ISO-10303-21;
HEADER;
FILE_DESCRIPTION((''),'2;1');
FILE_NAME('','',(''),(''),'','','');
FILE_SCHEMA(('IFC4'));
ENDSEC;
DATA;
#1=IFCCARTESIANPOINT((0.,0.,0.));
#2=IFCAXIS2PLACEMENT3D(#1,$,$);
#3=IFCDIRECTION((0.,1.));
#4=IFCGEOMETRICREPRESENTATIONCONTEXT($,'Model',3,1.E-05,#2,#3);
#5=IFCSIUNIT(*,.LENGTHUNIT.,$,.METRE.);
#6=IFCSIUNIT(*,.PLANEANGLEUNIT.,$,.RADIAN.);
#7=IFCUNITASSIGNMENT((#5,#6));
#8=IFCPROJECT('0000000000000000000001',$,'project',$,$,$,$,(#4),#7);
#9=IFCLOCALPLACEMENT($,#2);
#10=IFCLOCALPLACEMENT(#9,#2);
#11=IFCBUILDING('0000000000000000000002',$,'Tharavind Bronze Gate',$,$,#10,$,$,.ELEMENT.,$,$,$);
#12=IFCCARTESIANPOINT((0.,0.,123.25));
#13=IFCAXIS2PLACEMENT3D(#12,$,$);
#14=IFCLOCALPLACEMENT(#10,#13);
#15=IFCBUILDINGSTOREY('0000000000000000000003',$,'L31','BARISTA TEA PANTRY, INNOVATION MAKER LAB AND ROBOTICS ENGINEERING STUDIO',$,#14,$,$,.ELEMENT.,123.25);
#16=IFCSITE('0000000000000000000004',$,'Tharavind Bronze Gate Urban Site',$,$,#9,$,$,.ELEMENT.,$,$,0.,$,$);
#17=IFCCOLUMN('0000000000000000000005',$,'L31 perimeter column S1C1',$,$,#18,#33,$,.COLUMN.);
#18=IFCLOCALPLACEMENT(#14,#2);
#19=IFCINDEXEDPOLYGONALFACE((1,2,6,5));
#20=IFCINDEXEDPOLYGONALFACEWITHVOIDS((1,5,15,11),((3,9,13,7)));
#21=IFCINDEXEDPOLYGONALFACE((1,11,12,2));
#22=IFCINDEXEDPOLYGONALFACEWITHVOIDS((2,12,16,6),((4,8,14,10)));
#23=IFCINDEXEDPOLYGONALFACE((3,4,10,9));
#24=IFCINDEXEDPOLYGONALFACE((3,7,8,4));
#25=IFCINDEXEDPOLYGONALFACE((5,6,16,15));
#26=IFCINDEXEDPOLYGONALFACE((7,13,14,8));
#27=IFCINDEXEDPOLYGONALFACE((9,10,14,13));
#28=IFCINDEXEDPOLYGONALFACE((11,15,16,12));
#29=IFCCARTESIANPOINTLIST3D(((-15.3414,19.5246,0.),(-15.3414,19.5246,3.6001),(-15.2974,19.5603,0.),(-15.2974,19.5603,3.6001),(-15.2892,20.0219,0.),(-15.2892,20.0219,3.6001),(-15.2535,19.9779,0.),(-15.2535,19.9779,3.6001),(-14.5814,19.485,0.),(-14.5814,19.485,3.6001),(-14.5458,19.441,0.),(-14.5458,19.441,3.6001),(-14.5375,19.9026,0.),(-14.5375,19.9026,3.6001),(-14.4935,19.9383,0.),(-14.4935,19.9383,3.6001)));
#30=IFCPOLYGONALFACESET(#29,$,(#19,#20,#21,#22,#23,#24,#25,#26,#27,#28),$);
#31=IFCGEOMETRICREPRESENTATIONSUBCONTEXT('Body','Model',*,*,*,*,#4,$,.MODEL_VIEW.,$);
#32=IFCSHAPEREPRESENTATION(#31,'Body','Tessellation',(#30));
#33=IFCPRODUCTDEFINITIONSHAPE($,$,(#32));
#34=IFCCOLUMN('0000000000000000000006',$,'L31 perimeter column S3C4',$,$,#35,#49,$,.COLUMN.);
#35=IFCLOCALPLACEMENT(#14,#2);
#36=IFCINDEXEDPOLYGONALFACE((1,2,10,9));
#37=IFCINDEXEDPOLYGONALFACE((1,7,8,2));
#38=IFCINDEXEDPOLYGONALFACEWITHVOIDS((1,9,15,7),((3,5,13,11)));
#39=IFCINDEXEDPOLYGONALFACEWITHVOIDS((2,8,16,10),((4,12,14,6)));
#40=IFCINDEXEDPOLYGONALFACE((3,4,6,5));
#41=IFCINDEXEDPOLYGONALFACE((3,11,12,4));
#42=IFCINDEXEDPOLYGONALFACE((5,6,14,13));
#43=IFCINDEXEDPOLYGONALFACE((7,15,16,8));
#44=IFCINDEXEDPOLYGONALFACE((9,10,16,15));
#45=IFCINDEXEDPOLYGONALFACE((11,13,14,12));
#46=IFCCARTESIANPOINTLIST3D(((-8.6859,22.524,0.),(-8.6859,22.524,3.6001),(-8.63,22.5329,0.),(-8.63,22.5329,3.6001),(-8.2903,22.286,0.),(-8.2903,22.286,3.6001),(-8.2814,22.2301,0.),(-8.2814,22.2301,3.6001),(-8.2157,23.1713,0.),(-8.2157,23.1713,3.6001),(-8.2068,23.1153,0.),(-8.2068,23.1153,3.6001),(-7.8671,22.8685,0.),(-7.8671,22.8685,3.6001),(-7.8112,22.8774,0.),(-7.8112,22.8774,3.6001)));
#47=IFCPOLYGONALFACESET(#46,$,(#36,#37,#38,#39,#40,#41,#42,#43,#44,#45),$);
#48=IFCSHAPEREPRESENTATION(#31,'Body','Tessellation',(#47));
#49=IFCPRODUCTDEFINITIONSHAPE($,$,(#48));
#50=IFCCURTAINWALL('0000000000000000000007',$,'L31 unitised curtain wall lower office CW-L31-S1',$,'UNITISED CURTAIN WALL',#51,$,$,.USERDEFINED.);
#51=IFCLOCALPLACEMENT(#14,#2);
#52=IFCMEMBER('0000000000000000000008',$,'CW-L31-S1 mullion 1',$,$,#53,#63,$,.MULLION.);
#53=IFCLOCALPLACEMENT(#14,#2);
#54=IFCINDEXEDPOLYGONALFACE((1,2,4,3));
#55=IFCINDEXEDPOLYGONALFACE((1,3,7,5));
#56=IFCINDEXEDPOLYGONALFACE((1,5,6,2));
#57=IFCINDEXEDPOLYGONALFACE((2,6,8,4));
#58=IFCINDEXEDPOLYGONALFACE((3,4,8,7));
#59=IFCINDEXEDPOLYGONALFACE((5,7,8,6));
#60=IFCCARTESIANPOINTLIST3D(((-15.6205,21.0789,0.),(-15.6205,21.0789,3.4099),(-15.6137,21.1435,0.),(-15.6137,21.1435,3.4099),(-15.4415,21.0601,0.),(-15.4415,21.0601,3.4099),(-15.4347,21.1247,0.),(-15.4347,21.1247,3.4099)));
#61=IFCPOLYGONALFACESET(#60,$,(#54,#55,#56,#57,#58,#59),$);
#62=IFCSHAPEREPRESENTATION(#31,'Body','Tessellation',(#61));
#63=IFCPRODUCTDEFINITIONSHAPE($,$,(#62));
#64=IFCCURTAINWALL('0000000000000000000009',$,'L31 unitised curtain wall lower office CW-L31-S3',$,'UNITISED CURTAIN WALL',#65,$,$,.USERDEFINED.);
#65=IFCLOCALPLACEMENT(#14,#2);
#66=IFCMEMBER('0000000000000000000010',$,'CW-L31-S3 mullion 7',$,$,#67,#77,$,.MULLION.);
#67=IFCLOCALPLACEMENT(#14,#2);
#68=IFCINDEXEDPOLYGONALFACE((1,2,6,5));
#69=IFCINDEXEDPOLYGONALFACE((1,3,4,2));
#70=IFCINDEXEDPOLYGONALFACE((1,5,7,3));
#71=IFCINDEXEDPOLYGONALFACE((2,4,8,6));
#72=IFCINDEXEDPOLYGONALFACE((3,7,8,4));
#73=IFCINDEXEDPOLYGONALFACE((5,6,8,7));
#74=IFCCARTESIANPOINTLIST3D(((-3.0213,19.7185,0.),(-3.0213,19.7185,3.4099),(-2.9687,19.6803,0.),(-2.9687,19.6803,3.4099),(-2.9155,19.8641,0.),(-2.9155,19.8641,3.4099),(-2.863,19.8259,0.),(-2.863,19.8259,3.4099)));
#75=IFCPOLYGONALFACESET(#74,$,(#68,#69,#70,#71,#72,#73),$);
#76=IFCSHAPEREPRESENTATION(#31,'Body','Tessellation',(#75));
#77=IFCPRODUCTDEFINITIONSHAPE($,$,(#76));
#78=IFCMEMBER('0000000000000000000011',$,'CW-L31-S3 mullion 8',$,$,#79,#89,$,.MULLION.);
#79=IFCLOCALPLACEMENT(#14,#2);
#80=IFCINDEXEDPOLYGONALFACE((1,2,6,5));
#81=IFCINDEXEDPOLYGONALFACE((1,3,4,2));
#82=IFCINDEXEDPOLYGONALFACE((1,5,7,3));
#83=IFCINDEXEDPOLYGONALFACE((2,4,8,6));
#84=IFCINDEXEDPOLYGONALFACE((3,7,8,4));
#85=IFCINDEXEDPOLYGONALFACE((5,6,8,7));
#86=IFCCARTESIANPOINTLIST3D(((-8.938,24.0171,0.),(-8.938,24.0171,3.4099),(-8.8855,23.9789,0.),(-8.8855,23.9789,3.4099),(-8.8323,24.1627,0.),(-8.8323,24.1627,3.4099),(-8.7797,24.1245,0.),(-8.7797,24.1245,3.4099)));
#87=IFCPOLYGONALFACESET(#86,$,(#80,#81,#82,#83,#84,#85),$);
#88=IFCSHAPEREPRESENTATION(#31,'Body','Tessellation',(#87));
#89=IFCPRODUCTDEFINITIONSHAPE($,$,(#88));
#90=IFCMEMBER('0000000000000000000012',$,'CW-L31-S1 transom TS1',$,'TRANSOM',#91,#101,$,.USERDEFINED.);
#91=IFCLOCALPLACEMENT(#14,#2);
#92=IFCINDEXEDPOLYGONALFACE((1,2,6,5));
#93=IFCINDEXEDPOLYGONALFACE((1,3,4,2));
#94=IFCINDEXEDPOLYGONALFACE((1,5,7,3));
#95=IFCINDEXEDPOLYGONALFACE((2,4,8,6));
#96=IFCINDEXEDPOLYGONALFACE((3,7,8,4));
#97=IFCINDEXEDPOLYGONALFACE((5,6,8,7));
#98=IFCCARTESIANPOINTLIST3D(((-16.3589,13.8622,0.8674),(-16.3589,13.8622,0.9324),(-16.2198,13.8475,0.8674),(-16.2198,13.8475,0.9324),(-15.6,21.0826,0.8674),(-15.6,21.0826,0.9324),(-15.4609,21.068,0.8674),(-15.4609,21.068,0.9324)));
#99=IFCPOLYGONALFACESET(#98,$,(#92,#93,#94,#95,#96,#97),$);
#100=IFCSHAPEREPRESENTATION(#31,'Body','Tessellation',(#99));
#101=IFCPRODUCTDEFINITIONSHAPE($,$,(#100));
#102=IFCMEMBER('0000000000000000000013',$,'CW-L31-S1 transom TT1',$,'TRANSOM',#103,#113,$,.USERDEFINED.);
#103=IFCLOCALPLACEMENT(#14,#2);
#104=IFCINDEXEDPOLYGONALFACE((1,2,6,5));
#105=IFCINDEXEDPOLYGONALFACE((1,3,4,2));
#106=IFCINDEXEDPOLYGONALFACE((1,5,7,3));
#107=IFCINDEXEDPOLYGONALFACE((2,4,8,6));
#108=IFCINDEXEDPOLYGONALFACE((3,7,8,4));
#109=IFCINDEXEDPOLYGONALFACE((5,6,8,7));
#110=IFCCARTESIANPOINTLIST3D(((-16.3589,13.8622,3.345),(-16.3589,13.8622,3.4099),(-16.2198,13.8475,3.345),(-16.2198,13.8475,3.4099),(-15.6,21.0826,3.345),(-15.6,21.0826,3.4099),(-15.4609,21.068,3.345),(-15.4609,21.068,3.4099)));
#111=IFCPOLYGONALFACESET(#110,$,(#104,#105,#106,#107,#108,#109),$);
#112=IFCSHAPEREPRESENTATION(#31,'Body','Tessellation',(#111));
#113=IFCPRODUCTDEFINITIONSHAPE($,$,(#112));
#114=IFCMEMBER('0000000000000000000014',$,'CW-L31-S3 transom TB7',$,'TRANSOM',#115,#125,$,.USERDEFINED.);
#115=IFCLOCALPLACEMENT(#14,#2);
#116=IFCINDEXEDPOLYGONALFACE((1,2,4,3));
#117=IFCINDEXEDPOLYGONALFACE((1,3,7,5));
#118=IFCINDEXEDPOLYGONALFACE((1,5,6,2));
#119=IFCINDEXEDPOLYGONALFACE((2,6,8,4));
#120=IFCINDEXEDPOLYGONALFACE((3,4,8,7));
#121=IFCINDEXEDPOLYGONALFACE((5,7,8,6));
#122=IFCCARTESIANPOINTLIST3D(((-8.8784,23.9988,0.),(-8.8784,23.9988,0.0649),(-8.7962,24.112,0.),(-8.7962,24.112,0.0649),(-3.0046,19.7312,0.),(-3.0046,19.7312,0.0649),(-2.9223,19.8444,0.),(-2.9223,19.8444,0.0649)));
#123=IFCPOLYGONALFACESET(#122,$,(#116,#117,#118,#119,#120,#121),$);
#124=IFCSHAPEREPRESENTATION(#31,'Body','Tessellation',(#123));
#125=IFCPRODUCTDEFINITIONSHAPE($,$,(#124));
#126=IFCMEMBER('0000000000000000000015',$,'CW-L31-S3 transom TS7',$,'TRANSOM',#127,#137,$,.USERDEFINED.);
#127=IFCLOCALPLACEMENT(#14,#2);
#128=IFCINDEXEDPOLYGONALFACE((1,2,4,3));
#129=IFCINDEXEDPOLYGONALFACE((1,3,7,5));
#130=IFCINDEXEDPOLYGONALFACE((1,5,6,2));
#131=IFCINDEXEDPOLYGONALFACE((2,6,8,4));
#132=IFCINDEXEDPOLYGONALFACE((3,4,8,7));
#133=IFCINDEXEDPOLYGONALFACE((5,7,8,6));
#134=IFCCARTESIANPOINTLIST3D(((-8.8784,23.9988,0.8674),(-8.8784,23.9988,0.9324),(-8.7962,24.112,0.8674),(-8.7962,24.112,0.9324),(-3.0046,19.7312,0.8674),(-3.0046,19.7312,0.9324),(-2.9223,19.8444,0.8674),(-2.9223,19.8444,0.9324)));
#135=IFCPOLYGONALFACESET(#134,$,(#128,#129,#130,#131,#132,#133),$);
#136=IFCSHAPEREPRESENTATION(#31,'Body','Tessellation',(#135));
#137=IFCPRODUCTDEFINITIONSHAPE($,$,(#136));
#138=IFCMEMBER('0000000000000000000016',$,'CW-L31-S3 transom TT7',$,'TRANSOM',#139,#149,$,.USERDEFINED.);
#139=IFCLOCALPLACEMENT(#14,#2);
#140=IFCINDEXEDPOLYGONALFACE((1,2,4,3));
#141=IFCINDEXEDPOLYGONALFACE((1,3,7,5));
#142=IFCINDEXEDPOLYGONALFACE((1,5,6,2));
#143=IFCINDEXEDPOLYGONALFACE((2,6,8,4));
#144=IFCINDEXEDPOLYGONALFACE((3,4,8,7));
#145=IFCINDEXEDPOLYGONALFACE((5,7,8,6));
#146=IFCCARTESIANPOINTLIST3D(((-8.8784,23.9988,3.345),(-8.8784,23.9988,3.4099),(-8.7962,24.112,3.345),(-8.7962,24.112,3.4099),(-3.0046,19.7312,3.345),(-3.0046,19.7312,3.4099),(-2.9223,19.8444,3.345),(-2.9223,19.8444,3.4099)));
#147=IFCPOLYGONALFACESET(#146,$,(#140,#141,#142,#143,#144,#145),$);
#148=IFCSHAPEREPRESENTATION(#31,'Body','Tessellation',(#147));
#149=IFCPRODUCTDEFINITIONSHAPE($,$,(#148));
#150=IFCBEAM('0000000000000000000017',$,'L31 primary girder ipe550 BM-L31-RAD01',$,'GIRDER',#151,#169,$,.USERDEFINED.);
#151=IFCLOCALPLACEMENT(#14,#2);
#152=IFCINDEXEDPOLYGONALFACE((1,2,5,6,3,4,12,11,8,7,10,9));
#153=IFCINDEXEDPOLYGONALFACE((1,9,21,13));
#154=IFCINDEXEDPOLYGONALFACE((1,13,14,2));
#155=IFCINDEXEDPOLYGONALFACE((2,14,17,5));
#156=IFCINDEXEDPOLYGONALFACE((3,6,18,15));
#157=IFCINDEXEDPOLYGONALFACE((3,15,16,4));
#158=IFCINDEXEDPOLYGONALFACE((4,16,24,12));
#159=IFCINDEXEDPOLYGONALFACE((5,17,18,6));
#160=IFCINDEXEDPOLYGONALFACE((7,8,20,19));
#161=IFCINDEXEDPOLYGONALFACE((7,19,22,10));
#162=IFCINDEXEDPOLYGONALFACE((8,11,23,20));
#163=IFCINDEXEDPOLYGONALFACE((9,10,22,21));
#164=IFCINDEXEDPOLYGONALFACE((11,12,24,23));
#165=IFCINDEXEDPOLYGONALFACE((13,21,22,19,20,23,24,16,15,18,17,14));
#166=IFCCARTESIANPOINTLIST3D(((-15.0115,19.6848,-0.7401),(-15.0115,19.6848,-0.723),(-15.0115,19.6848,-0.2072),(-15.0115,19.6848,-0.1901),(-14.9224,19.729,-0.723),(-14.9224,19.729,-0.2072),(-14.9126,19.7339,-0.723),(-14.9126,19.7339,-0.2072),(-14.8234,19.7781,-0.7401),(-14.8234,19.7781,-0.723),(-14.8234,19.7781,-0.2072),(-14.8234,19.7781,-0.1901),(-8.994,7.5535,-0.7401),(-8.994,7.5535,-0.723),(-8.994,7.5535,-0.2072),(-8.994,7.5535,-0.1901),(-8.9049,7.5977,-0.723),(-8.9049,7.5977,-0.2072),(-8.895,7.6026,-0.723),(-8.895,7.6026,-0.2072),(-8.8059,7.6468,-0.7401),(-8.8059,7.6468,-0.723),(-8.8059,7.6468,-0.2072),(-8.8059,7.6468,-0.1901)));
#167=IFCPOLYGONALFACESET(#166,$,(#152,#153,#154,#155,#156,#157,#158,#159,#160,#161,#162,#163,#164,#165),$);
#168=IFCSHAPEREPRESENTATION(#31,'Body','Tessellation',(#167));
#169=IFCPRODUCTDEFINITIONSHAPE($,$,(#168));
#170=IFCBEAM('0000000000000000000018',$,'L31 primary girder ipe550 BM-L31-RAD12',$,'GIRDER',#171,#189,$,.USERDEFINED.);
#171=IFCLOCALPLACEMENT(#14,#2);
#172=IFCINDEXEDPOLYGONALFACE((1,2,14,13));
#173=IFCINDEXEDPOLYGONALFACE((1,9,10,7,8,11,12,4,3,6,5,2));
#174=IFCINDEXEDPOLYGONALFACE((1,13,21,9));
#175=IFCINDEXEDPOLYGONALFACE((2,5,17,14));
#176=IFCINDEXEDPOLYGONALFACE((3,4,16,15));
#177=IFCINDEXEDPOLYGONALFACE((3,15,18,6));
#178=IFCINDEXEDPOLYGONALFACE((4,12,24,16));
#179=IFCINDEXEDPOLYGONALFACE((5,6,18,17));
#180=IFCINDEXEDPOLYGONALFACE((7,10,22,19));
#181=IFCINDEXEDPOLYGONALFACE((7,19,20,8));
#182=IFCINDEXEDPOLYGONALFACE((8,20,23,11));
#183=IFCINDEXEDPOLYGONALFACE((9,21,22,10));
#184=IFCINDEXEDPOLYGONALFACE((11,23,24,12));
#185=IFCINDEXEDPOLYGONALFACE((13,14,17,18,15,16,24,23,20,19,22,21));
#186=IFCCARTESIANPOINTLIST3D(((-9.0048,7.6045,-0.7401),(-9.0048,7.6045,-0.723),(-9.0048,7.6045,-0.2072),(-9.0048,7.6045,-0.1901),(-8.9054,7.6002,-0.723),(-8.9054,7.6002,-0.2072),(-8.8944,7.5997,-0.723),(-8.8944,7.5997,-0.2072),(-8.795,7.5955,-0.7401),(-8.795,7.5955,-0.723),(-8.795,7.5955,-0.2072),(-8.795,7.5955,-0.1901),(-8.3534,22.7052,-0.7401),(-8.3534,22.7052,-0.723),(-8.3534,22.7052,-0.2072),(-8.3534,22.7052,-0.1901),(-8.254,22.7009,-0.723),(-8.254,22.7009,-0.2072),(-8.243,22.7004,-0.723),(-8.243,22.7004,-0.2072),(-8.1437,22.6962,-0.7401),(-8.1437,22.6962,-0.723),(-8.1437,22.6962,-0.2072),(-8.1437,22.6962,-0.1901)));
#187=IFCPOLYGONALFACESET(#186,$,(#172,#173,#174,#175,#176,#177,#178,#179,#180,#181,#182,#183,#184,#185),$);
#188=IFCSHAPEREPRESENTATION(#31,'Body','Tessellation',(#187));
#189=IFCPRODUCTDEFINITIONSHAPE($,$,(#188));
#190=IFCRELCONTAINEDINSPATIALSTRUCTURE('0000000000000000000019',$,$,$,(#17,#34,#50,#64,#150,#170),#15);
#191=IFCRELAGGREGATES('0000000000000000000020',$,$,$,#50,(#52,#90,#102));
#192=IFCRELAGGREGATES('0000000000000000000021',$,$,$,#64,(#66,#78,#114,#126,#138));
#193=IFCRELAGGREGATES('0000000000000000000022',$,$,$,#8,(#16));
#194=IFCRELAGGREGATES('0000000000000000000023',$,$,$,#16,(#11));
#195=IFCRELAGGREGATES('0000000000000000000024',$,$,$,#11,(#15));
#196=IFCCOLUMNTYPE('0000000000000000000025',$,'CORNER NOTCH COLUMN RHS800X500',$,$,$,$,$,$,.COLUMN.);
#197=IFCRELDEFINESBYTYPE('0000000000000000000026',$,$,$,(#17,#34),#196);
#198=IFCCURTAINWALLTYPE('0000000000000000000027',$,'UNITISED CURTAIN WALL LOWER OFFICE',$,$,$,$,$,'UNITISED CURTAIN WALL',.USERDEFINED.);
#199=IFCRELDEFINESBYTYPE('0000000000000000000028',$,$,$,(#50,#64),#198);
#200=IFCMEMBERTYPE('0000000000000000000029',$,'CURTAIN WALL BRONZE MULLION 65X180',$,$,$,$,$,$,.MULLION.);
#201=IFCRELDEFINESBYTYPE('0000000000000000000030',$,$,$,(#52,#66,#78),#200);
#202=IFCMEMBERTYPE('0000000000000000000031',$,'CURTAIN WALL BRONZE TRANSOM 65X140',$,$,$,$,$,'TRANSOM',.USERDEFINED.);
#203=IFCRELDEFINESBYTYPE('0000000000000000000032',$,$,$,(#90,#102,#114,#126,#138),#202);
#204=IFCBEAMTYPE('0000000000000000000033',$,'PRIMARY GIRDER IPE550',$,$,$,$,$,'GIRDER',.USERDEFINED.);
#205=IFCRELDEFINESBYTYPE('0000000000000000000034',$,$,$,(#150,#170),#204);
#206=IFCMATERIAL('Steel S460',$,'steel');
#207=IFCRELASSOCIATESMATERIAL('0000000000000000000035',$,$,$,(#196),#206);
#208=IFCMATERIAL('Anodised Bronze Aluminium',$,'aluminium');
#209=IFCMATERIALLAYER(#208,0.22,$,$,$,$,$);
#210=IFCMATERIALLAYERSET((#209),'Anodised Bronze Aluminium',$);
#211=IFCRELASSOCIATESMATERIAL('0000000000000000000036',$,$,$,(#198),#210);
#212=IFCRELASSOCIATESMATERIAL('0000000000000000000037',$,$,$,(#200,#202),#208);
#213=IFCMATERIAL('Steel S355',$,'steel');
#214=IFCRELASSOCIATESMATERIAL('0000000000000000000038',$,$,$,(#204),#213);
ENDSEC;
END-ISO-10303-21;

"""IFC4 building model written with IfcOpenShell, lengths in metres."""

from ifc_helpers import new_model, si_unit, direction, frame, origin, origin_2d, place, context, subcontext, project, spatial, rectangle, hollow_rectangle, i_section, extrude, material, layer, layer_set, material_profile, profile_set, type_object, element, aggregate, save


model = new_model("IFC4")

# Units and contexts
model_context = context("Model", 3, precision=1e-05, world=origin(), true_north=direction((0.0, 1.0)))
body_context = subcontext(model_context, "Body", "Model", "MODEL_VIEW")
ifc_project = project(units=[si_unit("LENGTHUNIT", "METRE"), si_unit("PLANEANGLEUNIT", "RADIAN")], contexts=[model_context])

# Site, building, storey
site_placement = place(None, origin())
site = spatial("IfcSite", under=ifc_project, at=site_placement, Name="Tharavind Bronze Gate Urban Site", CompositionType="ELEMENT", RefElevation=0.0)
building_placement = place(site_placement, origin())
building = spatial("IfcBuilding", under=site, at=building_placement, Name="Tharavind Bronze Gate", CompositionType="ELEMENT")
storey_placement = place(building_placement, frame((0.0, 0.0, 123.25)))
storey = spatial("IfcBuildingStorey", under=building, at=storey_placement, Name="L31", Description="BARISTA TEA PANTRY, INNOVATION MAKER LAB AND ROBOTICS ENGINEERING STUDIO", CompositionType="ELEMENT", Elevation=123.25)

# Columns
ifc_material_1 = material(Name="Steel S460", Category="steel")
ifc_material_profile_1 = material_profile(ifc_material_1, hollow_rectangle(XDim=0.5, YDim=0.8, WallThickness=0.04, at=origin_2d()), Name="RHS800X500X40")
ifc_profile_set_1 = profile_set([ifc_material_profile_1], Name="Steel S460")
column_type = type_object("IfcColumnType", Name="CORNER NOTCH COLUMN RHS800X500", PredefinedType="COLUMN", material=ifc_profile_set_1)
for number, where, z_axis, x_axis, name in (
    (1, (-14.9175, 19.7314, 0.0), (0.0, 0.0, 1.0), (0.10453, 0.994522, 0.0), "L31 perimeter column S1C1"),
    (2, (-8.2485, 22.7007, 0.0), (0.0, 0.0, 1.0), (-0.809017, 0.587785, 0.0), "L31 perimeter column S3C4"),
):
    element("IfcColumn", number, at=place(storey_placement, frame(where, z_axis=z_axis, x_axis=x_axis)), inside=storey, type_object=column_type, Name=name, PredefinedType="COLUMN", context=body_context, shape_type="SweptSolid", body=[
        extrude(hollow_rectangle(XDim=0.5, YDim=0.8, WallThickness=0.04, at=origin_2d()), origin(), (0.0, 0.0, 1.0), 3.6001),
    ])

# Curtain wall, member
ifc_material_2 = material(Name="Anodised Bronze Aluminium", Category="aluminium")
ifc_layer_1 = layer(ifc_material_2, 0.22)
ifc_layer_set_1 = layer_set([ifc_layer_1], Name="Anodised Bronze Aluminium")
curtain_wall_type = type_object("IfcCurtainWallType", Name="UNITISED CURTAIN WALL LOWER OFFICE", ElementType="UNITISED CURTAIN WALL", PredefinedType="USERDEFINED", material=ifc_layer_set_1)
curtain_wall_1_placement = place(storey_placement, origin())
curtain_wall_1 = element("IfcCurtainWall", 3, at=curtain_wall_1_placement, inside=storey, type_object=curtain_wall_type, Name="L31 unitised curtain wall lower office CW-L31-S1", ObjectType="UNITISED CURTAIN WALL", PredefinedType="USERDEFINED")
member_type_1 = type_object("IfcMemberType", Name="CURTAIN WALL BRONZE MULLION 65X180", PredefinedType="MULLION", material=ifc_material_2)
member_1_placement = place(storey_placement, frame((-15.5276, 21.1018, 0.0), z_axis=(0.0, 0.0, 1.0), x_axis=(-0.104527, -0.994522, 0.0)))
member_1 = element("IfcMember", 4, at=member_1_placement, type_object=member_type_1, Name="CW-L31-S1 mullion 1", PredefinedType="MULLION", context=body_context, shape_type="SweptSolid", body=[
    extrude(rectangle(XDim=0.0649, YDim=0.1799, at=origin_2d()), origin(), (0.0, 0.0, 1.0), 3.4099),
])

# Curtain wall, members
curtain_wall_2_placement = place(storey_placement, origin())
curtain_wall_2 = element("IfcCurtainWall", 5, at=curtain_wall_2_placement, inside=storey, type_object=curtain_wall_type, Name="L31 unitised curtain wall lower office CW-L31-S3", ObjectType="UNITISED CURTAIN WALL", PredefinedType="USERDEFINED")
member_2_placement = place(storey_placement, frame((-2.9421, 19.7722, 0.0), z_axis=(0.0, 0.0, 1.0), x_axis=(-0.809017, 0.587785, 0.0)))
member_2 = element("IfcMember", 6, at=member_2_placement, type_object=member_type_1, Name="CW-L31-S3 mullion 7", PredefinedType="MULLION", context=body_context, shape_type="SweptSolid", body=[
    extrude(rectangle(XDim=0.0649, YDim=0.1799, at=origin_2d()), origin(), (0.0, 0.0, 1.0), 3.4099),
])
member_3_placement = place(storey_placement, frame((-8.8589, 24.0708, 0.0), z_axis=(0.0, 0.0, 1.0), x_axis=(-0.809017, 0.587785, 0.0)))
member_3 = element("IfcMember", 7, at=member_3_placement, type_object=member_type_1, Name="CW-L31-S3 mullion 8", PredefinedType="MULLION", context=body_context, shape_type="SweptSolid", body=[
    extrude(rectangle(XDim=0.0649, YDim=0.1799, at=origin_2d()), origin(), (0.0, 0.0, 1.0), 3.4099),
])

# Members
member_type_2 = type_object("IfcMemberType", Name="CURTAIN WALL BRONZE TRANSOM 65X140", ElementType="TRANSOM", PredefinedType="USERDEFINED", material=ifc_material_2)
member_4_placement = place(storey_placement, frame((-15.9099, 17.4651, 0.8674), z_axis=(0.0, 0.0, 1.0), x_axis=(-0.104527, -0.994522, 0.0)))
member_4 = element("IfcMember", 8, at=member_4_placement, type_object=member_type_2, Name="CW-L31-S1 transom TS1", ObjectType="TRANSOM", PredefinedType="USERDEFINED", context=body_context, shape_type="SweptSolid", body=[
    extrude(rectangle(XDim=7.2603, YDim=0.1399, at=origin_2d()), origin(), (0.0, 0.0, 1.0), 0.0649),
])
member_5_placement = place(storey_placement, frame((-15.9099, 17.4651, 3.345), z_axis=(0.0, 0.0, 1.0), x_axis=(-0.104527, -0.994522, 0.0)))
member_5 = element("IfcMember", 9, at=member_5_placement, type_object=member_type_2, Name="CW-L31-S1 transom TT1", ObjectType="TRANSOM", PredefinedType="USERDEFINED", context=body_context, shape_type="SweptSolid", body=[
    extrude(rectangle(XDim=7.2603, YDim=0.1399, at=origin_2d()), origin(), (0.0, 0.0, 1.0), 0.0649),
])
member_6_placement = place(storey_placement, frame((-5.9004, 21.9216, 0.0), z_axis=(0.0, 0.0, 1.0), x_axis=(-0.809017, 0.587785, 0.0)))
member_6 = element("IfcMember", 10, at=member_6_placement, type_object=member_type_2, Name="CW-L31-S3 transom TB7", ObjectType="TRANSOM", PredefinedType="USERDEFINED", context=body_context, shape_type="SweptSolid", body=[
    extrude(rectangle(XDim=7.2605, YDim=0.1399, at=origin_2d()), origin(), (0.0, 0.0, 1.0), 0.0649),
])
member_7_placement = place(storey_placement, frame((-5.9004, 21.9216, 0.8674), z_axis=(0.0, 0.0, 1.0), x_axis=(-0.809017, 0.587785, 0.0)))
member_7 = element("IfcMember", 11, at=member_7_placement, type_object=member_type_2, Name="CW-L31-S3 transom TS7", ObjectType="TRANSOM", PredefinedType="USERDEFINED", context=body_context, shape_type="SweptSolid", body=[
    extrude(rectangle(XDim=7.2605, YDim=0.1399, at=origin_2d()), origin(), (0.0, 0.0, 1.0), 0.0649),
])
member_8_placement = place(storey_placement, frame((-5.9004, 21.9216, 3.345), z_axis=(0.0, 0.0, 1.0), x_axis=(-0.809017, 0.587785, 0.0)))
member_8 = element("IfcMember", 12, at=member_8_placement, type_object=member_type_2, Name="CW-L31-S3 transom TT7", ObjectType="TRANSOM", PredefinedType="USERDEFINED", context=body_context, shape_type="SweptSolid", body=[
    extrude(rectangle(XDim=7.2605, YDim=0.1399, at=origin_2d()), origin(), (0.0, 0.0, 1.0), 0.0649),
])

# Beams
ifc_material_3 = material(Name="Steel S355", Category="steel")
ifc_material_profile_2 = material_profile(ifc_material_3, i_section(OverallWidth=0.21, OverallDepth=0.55, WebThickness=0.011, FlangeThickness=0.0171, at=origin_2d()), Name="IPE550")
ifc_profile_set_2 = profile_set([ifc_material_profile_2], Name="Steel S355")
beam_type_1 = type_object("IfcBeamType", Name="PRIMARY GIRDER IPE550", ElementType="GIRDER", PredefinedType="USERDEFINED", material=ifc_profile_set_2)
beam_1_placement = place(storey_placement, frame((-14.9175, 19.7314, -0.4651), z_axis=(0.44437, -0.895843, 0.0), x_axis=(0.895843, 0.44437, 0.0)))
element("IfcBeam", 13, at=beam_1_placement, inside=storey, type_object=beam_type_1, Name="L31 primary girder ipe550 BM-L31-RAD01", ObjectType="GIRDER", PredefinedType="USERDEFINED", context=body_context, shape_type="SweptSolid", body=[
    extrude(i_section(OverallWidth=0.21, OverallDepth=0.55, WebThickness=0.011, FlangeThickness=0.0171, at=origin_2d()), origin(), (0.0, 0.0, 1.0), 13.5417),
])
beam_2_placement = place(storey_placement, frame((-8.2485, 22.7007, -0.4651), z_axis=(-0.043095, -0.999071, 0.0), x_axis=(0.999071, -0.043095, 0.0)))
element("IfcBeam", 14, at=beam_2_placement, inside=storey, type_object=beam_type_1, Name="L31 primary girder ipe550 BM-L31-RAD12", ObjectType="GIRDER", PredefinedType="USERDEFINED", context=body_context, shape_type="SweptSolid", body=[
    extrude(i_section(OverallWidth=0.21, OverallDepth=0.55, WebThickness=0.011, FlangeThickness=0.0171, at=origin_2d()), origin(), (0.0, 0.0, 1.0), 15.1147),
])

aggregate(curtain_wall_1, [member_1, member_4, member_5])
aggregate(curtain_wall_2, [member_2, member_3, member_6, member_7, member_8])

save(model, "model.ifc")
